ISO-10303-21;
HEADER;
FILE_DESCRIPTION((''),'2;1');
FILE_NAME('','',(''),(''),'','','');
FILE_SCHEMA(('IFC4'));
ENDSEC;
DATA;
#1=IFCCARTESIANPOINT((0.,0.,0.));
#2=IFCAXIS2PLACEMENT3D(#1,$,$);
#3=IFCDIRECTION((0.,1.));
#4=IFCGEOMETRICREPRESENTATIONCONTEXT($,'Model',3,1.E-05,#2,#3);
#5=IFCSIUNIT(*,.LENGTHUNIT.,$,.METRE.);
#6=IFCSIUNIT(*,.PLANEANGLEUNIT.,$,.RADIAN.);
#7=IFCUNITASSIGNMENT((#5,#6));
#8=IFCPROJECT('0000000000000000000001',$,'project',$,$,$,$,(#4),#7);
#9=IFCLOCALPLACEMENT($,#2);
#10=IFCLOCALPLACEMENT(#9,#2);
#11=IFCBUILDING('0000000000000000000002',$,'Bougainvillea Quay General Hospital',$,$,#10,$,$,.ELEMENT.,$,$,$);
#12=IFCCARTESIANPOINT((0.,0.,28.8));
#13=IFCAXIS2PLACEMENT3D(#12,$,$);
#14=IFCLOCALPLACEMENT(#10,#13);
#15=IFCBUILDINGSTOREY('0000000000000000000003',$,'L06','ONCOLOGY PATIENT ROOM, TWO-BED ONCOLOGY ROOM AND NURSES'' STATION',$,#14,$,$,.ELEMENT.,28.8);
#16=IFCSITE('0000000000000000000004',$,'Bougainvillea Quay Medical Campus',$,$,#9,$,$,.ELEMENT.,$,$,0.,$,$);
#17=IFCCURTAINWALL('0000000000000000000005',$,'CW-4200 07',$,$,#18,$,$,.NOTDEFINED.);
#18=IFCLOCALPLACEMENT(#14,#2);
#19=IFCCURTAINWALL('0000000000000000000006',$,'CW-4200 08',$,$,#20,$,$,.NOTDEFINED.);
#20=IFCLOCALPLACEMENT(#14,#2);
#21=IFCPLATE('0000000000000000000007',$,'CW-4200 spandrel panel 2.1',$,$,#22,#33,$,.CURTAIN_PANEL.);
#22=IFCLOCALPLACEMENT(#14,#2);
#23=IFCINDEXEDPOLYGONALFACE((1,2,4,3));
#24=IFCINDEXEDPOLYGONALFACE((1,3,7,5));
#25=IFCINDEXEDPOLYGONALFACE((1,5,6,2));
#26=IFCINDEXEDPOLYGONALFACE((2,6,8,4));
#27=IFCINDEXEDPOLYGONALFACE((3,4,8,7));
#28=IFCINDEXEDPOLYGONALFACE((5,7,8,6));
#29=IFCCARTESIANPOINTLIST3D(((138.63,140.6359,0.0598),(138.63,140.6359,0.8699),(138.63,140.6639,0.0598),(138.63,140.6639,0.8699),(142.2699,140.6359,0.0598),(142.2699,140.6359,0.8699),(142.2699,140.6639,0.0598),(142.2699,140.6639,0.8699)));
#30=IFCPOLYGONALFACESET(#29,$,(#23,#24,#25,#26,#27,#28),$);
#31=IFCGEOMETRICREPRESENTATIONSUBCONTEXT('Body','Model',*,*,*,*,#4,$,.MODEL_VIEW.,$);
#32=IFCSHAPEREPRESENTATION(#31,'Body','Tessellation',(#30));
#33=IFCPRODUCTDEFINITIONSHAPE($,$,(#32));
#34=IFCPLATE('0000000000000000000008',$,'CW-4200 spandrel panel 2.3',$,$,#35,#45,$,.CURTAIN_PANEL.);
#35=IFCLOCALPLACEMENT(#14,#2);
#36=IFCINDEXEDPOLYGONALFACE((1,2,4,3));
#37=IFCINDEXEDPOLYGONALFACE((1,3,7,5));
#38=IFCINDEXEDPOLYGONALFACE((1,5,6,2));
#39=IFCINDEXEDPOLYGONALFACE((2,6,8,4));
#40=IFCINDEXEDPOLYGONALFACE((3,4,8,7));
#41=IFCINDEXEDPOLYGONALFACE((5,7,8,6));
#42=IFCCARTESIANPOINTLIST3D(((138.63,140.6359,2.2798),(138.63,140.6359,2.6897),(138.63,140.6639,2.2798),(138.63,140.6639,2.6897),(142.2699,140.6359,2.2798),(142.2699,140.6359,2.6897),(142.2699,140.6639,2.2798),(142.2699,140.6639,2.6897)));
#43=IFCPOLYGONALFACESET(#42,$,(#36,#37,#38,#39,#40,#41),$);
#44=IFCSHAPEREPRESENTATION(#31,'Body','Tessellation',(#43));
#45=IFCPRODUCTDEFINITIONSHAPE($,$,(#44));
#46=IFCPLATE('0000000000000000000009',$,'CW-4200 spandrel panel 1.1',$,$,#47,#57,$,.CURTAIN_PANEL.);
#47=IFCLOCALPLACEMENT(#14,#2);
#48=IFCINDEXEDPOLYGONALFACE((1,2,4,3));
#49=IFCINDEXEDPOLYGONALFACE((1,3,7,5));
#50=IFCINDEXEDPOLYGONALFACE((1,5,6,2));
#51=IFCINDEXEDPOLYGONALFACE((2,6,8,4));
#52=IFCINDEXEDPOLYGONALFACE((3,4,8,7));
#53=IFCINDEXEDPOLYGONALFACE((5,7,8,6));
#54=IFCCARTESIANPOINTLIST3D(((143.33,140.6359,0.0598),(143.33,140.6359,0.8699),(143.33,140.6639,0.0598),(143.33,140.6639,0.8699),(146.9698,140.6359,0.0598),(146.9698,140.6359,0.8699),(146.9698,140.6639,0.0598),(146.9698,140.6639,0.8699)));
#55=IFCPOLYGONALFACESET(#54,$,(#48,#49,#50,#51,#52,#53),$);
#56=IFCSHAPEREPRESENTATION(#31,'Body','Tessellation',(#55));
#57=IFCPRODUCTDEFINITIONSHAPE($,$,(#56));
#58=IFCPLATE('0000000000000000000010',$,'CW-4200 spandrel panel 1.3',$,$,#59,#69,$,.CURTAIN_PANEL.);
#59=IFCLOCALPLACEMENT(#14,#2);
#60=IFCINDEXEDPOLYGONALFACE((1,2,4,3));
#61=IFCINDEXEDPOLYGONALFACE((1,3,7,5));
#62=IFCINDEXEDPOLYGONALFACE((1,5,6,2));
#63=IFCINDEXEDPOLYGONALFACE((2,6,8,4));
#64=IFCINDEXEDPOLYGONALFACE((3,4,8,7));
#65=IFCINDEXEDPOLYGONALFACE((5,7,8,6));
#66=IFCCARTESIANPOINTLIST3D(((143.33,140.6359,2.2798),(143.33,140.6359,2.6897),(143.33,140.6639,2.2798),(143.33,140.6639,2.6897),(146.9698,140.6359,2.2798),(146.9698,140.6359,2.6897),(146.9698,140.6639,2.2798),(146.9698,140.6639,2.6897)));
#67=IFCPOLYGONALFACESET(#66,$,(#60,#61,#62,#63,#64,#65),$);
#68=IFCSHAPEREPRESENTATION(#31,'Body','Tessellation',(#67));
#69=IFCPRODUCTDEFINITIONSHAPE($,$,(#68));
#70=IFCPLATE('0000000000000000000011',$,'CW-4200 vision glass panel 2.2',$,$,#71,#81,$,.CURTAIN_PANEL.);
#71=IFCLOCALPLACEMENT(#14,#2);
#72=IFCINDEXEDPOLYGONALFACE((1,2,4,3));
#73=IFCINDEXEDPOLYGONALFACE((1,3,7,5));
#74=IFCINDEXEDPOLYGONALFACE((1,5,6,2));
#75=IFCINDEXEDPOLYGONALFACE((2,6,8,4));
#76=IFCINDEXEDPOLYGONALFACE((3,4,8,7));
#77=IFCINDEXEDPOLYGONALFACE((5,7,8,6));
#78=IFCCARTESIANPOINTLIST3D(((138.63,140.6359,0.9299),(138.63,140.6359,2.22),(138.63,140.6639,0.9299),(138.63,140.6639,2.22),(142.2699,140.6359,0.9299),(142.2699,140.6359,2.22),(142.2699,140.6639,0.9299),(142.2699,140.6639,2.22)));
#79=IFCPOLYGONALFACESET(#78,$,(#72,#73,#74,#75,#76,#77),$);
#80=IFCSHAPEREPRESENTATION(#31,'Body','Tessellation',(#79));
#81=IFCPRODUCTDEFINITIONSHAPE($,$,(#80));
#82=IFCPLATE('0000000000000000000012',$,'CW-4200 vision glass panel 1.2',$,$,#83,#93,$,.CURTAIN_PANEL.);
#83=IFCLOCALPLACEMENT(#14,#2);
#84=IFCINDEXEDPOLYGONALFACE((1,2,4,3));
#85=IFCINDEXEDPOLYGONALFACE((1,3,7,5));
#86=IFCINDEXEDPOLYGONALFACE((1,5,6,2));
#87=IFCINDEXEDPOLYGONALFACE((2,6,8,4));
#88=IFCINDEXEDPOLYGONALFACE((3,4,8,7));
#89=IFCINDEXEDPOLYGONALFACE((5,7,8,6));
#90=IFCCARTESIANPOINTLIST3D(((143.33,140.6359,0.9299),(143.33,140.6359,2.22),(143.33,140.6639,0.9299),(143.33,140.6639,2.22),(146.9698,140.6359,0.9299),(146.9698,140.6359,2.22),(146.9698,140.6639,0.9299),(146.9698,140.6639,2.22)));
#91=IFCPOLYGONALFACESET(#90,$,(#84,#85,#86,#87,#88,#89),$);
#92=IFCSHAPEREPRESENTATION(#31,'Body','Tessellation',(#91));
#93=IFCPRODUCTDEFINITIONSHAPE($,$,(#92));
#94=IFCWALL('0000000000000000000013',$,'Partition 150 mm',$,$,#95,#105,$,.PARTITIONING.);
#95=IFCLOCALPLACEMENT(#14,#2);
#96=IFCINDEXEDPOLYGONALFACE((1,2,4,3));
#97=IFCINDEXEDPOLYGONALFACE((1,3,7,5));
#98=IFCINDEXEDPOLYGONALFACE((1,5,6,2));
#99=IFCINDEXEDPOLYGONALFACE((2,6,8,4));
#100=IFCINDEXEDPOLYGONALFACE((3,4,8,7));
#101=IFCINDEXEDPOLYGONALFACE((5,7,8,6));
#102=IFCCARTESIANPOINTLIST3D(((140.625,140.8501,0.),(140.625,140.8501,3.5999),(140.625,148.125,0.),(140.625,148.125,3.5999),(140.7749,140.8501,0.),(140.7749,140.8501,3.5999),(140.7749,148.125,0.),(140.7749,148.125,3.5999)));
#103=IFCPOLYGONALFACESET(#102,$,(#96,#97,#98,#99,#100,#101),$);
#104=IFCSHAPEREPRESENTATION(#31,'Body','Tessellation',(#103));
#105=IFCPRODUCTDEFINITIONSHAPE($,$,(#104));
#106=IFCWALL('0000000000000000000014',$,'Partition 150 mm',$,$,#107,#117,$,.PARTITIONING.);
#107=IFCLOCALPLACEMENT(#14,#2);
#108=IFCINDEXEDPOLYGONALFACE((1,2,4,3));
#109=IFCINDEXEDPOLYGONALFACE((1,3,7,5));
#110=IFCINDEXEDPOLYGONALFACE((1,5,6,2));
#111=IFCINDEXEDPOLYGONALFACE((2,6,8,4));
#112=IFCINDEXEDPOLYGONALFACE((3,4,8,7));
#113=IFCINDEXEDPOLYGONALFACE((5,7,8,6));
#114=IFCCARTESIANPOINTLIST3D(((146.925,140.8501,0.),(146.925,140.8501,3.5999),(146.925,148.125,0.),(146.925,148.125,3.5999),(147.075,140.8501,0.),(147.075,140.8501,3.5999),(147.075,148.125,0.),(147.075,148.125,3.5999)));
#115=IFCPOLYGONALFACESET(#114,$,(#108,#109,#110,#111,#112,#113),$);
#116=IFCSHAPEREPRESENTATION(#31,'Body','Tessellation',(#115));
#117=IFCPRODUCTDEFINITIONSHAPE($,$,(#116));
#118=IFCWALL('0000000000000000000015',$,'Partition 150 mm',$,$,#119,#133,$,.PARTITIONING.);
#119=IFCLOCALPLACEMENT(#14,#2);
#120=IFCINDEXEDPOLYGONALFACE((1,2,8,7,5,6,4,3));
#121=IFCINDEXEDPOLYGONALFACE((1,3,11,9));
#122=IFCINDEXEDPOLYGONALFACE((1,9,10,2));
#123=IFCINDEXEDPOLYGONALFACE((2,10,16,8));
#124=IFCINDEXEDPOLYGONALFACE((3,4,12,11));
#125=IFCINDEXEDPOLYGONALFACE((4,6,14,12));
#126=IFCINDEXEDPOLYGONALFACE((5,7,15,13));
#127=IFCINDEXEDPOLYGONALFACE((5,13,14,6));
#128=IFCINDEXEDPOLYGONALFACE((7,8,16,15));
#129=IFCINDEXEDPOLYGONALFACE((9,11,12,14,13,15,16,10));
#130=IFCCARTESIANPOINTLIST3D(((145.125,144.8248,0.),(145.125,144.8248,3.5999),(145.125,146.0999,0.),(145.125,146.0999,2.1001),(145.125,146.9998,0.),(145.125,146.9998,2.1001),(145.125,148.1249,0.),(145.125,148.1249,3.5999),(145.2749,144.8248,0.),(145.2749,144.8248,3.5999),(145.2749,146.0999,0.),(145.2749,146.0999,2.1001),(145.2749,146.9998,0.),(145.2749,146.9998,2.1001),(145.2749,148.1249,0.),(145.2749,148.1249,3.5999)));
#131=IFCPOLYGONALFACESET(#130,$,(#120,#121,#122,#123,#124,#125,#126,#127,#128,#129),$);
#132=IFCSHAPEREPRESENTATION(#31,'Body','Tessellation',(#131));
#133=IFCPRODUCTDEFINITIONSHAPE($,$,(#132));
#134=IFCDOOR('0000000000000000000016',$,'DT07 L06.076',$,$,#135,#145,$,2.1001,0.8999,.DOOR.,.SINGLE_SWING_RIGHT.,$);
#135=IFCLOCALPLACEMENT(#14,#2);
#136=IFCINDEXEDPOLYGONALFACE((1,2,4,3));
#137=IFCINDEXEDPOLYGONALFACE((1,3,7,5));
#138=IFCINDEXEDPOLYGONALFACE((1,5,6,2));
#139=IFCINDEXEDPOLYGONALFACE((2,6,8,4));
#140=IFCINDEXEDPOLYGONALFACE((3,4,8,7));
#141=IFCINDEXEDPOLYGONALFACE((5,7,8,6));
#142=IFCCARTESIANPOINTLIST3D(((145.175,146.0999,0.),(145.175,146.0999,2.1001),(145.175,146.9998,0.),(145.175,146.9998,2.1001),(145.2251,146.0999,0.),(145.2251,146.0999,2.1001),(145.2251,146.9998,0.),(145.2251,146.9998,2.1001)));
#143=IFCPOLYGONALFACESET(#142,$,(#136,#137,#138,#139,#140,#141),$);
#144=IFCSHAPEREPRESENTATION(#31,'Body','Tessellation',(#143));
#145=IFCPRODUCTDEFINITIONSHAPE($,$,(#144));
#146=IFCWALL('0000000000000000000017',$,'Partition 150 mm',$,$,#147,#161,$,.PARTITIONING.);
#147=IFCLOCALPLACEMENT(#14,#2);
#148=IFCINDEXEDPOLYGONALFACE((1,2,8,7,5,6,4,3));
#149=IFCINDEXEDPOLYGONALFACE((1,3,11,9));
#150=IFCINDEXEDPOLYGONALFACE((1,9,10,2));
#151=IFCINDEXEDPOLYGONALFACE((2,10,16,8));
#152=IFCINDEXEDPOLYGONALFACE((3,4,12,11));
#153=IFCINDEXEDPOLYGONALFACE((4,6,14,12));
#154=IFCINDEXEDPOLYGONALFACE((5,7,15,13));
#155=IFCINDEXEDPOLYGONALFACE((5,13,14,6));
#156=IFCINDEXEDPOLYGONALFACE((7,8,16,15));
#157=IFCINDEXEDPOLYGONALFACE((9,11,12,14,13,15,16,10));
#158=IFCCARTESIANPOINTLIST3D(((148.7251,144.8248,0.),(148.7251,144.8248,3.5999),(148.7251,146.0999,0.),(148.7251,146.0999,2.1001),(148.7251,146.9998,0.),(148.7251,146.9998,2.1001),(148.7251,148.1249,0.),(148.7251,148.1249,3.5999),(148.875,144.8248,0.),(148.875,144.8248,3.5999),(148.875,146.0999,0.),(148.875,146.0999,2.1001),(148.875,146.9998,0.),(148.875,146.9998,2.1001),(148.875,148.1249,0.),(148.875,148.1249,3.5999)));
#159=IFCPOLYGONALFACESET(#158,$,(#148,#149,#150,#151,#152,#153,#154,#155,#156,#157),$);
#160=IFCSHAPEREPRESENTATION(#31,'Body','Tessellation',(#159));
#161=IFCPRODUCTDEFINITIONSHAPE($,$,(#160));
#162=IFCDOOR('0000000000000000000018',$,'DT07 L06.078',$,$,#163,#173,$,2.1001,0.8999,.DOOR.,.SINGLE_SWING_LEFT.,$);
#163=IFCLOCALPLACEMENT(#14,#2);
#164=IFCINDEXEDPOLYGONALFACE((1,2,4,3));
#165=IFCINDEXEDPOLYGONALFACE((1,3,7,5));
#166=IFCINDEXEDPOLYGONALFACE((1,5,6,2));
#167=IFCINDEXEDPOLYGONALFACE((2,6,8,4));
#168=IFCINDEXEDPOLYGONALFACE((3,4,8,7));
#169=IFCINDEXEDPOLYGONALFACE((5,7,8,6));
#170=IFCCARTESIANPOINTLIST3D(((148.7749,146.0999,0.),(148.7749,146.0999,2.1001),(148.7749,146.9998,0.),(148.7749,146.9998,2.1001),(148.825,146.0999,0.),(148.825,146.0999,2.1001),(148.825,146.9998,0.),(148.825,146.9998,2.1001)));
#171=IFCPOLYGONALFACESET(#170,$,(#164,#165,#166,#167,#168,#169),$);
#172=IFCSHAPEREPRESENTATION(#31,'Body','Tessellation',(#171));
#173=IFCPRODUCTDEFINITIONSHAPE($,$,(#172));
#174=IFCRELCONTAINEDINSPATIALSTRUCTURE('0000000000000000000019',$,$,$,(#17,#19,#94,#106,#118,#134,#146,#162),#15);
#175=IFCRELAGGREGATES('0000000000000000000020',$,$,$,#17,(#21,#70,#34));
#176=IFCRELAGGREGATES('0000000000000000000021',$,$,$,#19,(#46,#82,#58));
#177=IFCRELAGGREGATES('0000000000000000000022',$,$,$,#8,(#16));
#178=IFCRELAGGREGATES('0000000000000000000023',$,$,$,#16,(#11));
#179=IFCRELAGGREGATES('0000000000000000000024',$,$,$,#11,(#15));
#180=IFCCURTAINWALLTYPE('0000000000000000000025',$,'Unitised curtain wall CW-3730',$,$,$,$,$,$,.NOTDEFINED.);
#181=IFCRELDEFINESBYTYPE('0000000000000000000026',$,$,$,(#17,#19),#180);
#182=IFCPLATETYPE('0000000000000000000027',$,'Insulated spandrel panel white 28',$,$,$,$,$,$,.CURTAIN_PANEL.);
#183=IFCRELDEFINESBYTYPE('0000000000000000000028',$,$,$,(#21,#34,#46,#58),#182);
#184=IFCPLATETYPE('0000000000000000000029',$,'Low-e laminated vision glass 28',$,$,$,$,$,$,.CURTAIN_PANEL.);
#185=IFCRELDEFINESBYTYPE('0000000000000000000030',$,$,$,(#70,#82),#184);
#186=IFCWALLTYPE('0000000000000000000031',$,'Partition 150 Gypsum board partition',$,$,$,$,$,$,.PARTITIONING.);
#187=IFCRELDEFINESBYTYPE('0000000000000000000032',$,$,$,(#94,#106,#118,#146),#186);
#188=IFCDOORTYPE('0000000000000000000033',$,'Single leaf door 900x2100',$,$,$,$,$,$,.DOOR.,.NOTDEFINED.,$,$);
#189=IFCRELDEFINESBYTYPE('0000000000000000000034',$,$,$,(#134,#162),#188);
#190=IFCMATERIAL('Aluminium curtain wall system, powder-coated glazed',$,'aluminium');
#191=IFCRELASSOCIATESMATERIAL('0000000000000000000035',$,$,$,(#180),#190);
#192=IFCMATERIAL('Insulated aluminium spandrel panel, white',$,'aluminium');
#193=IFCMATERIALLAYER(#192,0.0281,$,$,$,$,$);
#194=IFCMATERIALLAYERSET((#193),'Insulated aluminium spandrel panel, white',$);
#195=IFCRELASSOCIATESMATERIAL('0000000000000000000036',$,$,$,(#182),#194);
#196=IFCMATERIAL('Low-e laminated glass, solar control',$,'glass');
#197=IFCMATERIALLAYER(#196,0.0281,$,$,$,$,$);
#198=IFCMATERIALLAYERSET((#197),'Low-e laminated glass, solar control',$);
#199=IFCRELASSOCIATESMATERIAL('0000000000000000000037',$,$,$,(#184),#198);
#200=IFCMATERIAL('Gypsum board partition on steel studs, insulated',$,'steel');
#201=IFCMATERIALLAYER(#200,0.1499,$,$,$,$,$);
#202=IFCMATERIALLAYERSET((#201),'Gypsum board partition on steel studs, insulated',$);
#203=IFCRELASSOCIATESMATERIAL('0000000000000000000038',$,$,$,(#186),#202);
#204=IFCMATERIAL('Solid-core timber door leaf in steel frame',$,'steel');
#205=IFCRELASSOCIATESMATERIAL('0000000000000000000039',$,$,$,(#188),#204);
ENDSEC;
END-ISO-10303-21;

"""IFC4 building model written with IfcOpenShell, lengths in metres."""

from ifc_helpers import new_model, si_unit, direction, frame, frame_2d, origin, origin_2d, place, context, subcontext, project, spatial, rectangle, extrude, material, layer, layer_set, type_object, element, fill, aggregate, save


model = new_model("IFC4")

# Units and contexts
model_context = context("Model", 3, precision=1e-05, world=origin(), true_north=direction((0.0, 1.0)))
body_context = subcontext(model_context, "Body", "Model", "MODEL_VIEW")
ifc_project = project(units=[si_unit("LENGTHUNIT", "METRE"), si_unit("PLANEANGLEUNIT", "RADIAN")], contexts=[model_context])

# Site, building, storey
site_placement = place(None, origin())
site = spatial("IfcSite", under=ifc_project, at=site_placement, Name="Bougainvillea Quay Medical Campus", CompositionType="ELEMENT", RefElevation=0.0)
building_placement = place(site_placement, origin())
building = spatial("IfcBuilding", under=site, at=building_placement, Name="Bougainvillea Quay General Hospital", CompositionType="ELEMENT")
storey_placement = place(building_placement, frame((0.0, 0.0, 28.8)))
storey = spatial("IfcBuildingStorey", under=building, at=storey_placement, Name="L06", Description="ONCOLOGY PATIENT ROOM, TWO-BED ONCOLOGY ROOM AND NURSES' STATION", CompositionType="ELEMENT", Elevation=28.8)

# Curtain wall
ifc_material_1 = material(Name="Aluminium curtain wall system, powder-coated glazed", Category="aluminium")
curtain_wall_type = type_object("IfcCurtainWallType", Name="Unitised curtain wall CW-3730", PredefinedType="NOTDEFINED", material=ifc_material_1)
curtain_wall_1_placement = place(storey_placement, origin())
curtain_wall_1 = element("IfcCurtainWall", 1, at=curtain_wall_1_placement, inside=storey, type_object=curtain_wall_type, Name="CW-4200 07", PredefinedType="NOTDEFINED")

# Curtain wall
curtain_wall_2_placement = place(storey_placement, origin())
curtain_wall_2 = element("IfcCurtainWall", 2, at=curtain_wall_2_placement, inside=storey, type_object=curtain_wall_type, Name="CW-4200 08", PredefinedType="NOTDEFINED")

# Plates
ifc_material_2 = material(Name="Insulated aluminium spandrel panel, white", Category="aluminium")
ifc_layer_1 = layer(ifc_material_2, 0.0281)
ifc_layer_set_1 = layer_set([ifc_layer_1], Name="Insulated aluminium spandrel panel, white")
plate_type_1 = type_object("IfcPlateType", Name="Insulated spandrel panel white 28", PredefinedType="CURTAIN_PANEL", material=ifc_layer_set_1)
plate_1_placement = place(storey_placement, frame((140.45, 140.6499, 0.0598), z_axis=(0.0, 0.0, 1.0), x_axis=(1.0, 0.0, 0.0)))
plate_1 = element("IfcPlate", 3, at=plate_1_placement, type_object=plate_type_1, Name="CW-4200 spandrel panel 2.1", PredefinedType="CURTAIN_PANEL", context=body_context, shape_type="SweptSolid", body=[
    extrude(rectangle(XDim=3.6399, YDim=0.0281, at=origin_2d()), origin(), (0.0, 0.0, 1.0), 0.8101),
])
plate_2_placement = place(storey_placement, frame((140.45, 140.6499, 2.2798), z_axis=(0.0, 0.0, 1.0), x_axis=(1.0, 0.0, 0.0)))
plate_2 = element("IfcPlate", 4, at=plate_2_placement, type_object=plate_type_1, Name="CW-4200 spandrel panel 2.3", PredefinedType="CURTAIN_PANEL", context=body_context, shape_type="SweptSolid", body=[
    extrude(rectangle(XDim=3.6399, YDim=0.0281, at=origin_2d()), origin(), (0.0, 0.0, 1.0), 0.4099),
])
plate_3_placement = place(storey_placement, frame((145.1499, 140.6499, 0.0598), z_axis=(0.0, 0.0, 1.0), x_axis=(1.0, 0.0, 0.0)))
plate_3 = element("IfcPlate", 5, at=plate_3_placement, type_object=plate_type_1, Name="CW-4200 spandrel panel 1.1", PredefinedType="CURTAIN_PANEL", context=body_context, shape_type="SweptSolid", body=[
    extrude(rectangle(XDim=3.6399, YDim=0.0281, at=origin_2d()), origin(), (0.0, 0.0, 1.0), 0.8101),
])
plate_4_placement = place(storey_placement, frame((145.1499, 140.6499, 2.2798), z_axis=(0.0, 0.0, 1.0), x_axis=(1.0, 0.0, 0.0)))
plate_4 = element("IfcPlate", 6, at=plate_4_placement, type_object=plate_type_1, Name="CW-4200 spandrel panel 1.3", PredefinedType="CURTAIN_PANEL", context=body_context, shape_type="SweptSolid", body=[
    extrude(rectangle(XDim=3.6399, YDim=0.0281, at=origin_2d()), origin(), (0.0, 0.0, 1.0), 0.4099),
])
ifc_material_3 = material(Name="Low-e laminated glass, solar control", Category="glass")
ifc_layer_2 = layer(ifc_material_3, 0.0281)
ifc_layer_set_2 = layer_set([ifc_layer_2], Name="Low-e laminated glass, solar control")
plate_type_2 = type_object("IfcPlateType", Name="Low-e laminated vision glass 28", PredefinedType="CURTAIN_PANEL", material=ifc_layer_set_2)
plate_5_placement = place(storey_placement, frame((140.45, 140.6499, 0.9299), z_axis=(0.0, 0.0, 1.0), x_axis=(1.0, 0.0, 0.0)))
plate_5 = element("IfcPlate", 7, at=plate_5_placement, type_object=plate_type_2, Name="CW-4200 vision glass panel 2.2", PredefinedType="CURTAIN_PANEL", context=body_context, shape_type="SweptSolid", body=[
    extrude(rectangle(XDim=3.6399, YDim=0.0281, at=origin_2d()), origin(), (0.0, 0.0, 1.0), 1.29),
])
aggregate(curtain_wall_1, [plate_1, plate_5, plate_2])
plate_6_placement = place(storey_placement, frame((145.1499, 140.6499, 0.9299), z_axis=(0.0, 0.0, 1.0), x_axis=(1.0, 0.0, 0.0)))
plate_6 = element("IfcPlate", 8, at=plate_6_placement, type_object=plate_type_2, Name="CW-4200 vision glass panel 1.2", PredefinedType="CURTAIN_PANEL", context=body_context, shape_type="SweptSolid", body=[
    extrude(rectangle(XDim=3.6399, YDim=0.0281, at=origin_2d()), origin(), (0.0, 0.0, 1.0), 1.29),
])
aggregate(curtain_wall_2, [plate_3, plate_6, plate_4])

# Walls
ifc_material_4 = material(Name="Gypsum board partition on steel studs, insulated", Category="steel")
ifc_layer_3 = layer(ifc_material_4, 0.1499)
ifc_layer_set_3 = layer_set([ifc_layer_3], Name="Gypsum board partition on steel studs, insulated")
wall_type = type_object("IfcWallType", Name="Partition 150 Gypsum board partition", PredefinedType="PARTITIONING", material=ifc_layer_set_3)
for number, where, z_axis, x_axis, name in (
    (9, (140.7, 140.8501, 0.0), (0.0, 0.0, 1.0), (0.0, 1.0, 0.0), "Partition 150 mm"),
    (10, (147.0, 140.8501, 0.0), (0.0, 0.0, 1.0), (0.0, 1.0, 0.0), "Partition 150 mm"),
):
    element("IfcWall", number, at=place(storey_placement, frame(where, z_axis=z_axis, x_axis=x_axis)), inside=storey, type_object=wall_type, Name=name, PredefinedType="PARTITIONING", context=body_context, shape_type="SweptSolid", body=[
        extrude(rectangle(XDim=7.2749, YDim=0.1499, at=frame_2d((3.6375, 0.0))), origin(), (0.0, 0.0, 1.0), 3.5999),
    ])

# Walls, openings, doors
wall_1_placement = place(storey_placement, frame((145.2, 144.825, 0.0), z_axis=(0.0, 0.0, 1.0), x_axis=(0.0, 1.0, 0.0)))
wall_1 = element("IfcWall", 11, at=wall_1_placement, inside=storey, type_object=wall_type, Name="Partition 150 mm", PredefinedType="PARTITIONING", context=body_context, shape_type="SweptSolid", body=[
    extrude(rectangle(XDim=3.3, YDim=0.1499, at=frame_2d((1.6499, 0.0))), origin(), (0.0, 0.0, 1.0), 3.5999),
])
opening_1_placement = place(wall_1_placement, frame((1.2749, 0.0, 0.0)))
opening_1 = element("IfcOpeningElement", 12, at=opening_1_placement, cuts=wall_1, PredefinedType="OPENING", context=body_context, shape_type="SweptSolid", body=[
    extrude(rectangle(XDim=0.8999, YDim=2.1001, at=frame_2d((0.45, 1.05))), frame((0.0, 0.085, 0.0), z_axis=(0.0, -1.0, 0.0), x_axis=(1.0, 0.0, 0.0)), (0.0, 0.0, 1.0), 0.1699),
])
ifc_material_5 = material(Name="Solid-core timber door leaf in steel frame", Category="steel")
door_type = type_object("IfcDoorType", Name="Single leaf door 900x2100", OperationType="NOTDEFINED", PredefinedType="DOOR", material=ifc_material_5)
door_1_placement = place(opening_1_placement, origin())
door_1 = element("IfcDoor", 13, at=door_1_placement, inside=storey, type_object=door_type, Name="DT07 L06.076", OperationType="SINGLE_SWING_RIGHT", OverallHeight=2.1001, OverallWidth=0.8999, PredefinedType="DOOR", context=body_context, shape_type="SweptSolid", body=[
    extrude(rectangle(XDim=0.8999, YDim=2.1001, at=frame_2d((0.45, 1.05))), frame((0.0, 0.0249, 0.0), z_axis=(0.0, -1.0, 0.0), x_axis=(1.0, 0.0, 0.0)), (0.0, 0.0, 1.0), 0.05),
])
fill(opening_1, door_1)
wall_2_placement = place(storey_placement, frame((148.8, 144.825, 0.0), z_axis=(0.0, 0.0, 1.0), x_axis=(0.0, 1.0, 0.0)))
wall_2 = element("IfcWall", 14, at=wall_2_placement, inside=storey, type_object=wall_type, Name="Partition 150 mm", PredefinedType="PARTITIONING", context=body_context, shape_type="SweptSolid", body=[
    extrude(rectangle(XDim=3.3, YDim=0.1499, at=frame_2d((1.6499, 0.0))), origin(), (0.0, 0.0, 1.0), 3.5999),
])
opening_2_placement = place(wall_2_placement, frame((1.2749, 0.0, 0.0)))
opening_2 = element("IfcOpeningElement", 15, at=opening_2_placement, cuts=wall_2, PredefinedType="OPENING", context=body_context, shape_type="SweptSolid", body=[
    extrude(rectangle(XDim=0.8999, YDim=2.1001, at=frame_2d((0.45, 1.05))), frame((0.0, 0.085, 0.0), z_axis=(0.0, -1.0, 0.0), x_axis=(1.0, 0.0, 0.0)), (0.0, 0.0, 1.0), 0.1699),
])
door_2_placement = place(opening_2_placement, frame((0.8999, 0.0, 0.0), z_axis=(0.0, 0.0, 1.0), x_axis=(-1.0, 0.0, 0.0)))
door_2 = element("IfcDoor", 16, at=door_2_placement, inside=storey, type_object=door_type, Name="DT07 L06.078", OperationType="SINGLE_SWING_LEFT", OverallHeight=2.1001, OverallWidth=0.8999, PredefinedType="DOOR", context=body_context, shape_type="SweptSolid", body=[
    extrude(rectangle(XDim=0.8999, YDim=2.1001, at=frame_2d((0.45, 1.05))), frame((0.0, 0.0249, 0.0), z_axis=(0.0, -1.0, 0.0), x_axis=(1.0, 0.0, 0.0)), (0.0, 0.0, 1.0), 0.05),
])
fill(opening_2, door_2)

save(model, "model.ifc")
